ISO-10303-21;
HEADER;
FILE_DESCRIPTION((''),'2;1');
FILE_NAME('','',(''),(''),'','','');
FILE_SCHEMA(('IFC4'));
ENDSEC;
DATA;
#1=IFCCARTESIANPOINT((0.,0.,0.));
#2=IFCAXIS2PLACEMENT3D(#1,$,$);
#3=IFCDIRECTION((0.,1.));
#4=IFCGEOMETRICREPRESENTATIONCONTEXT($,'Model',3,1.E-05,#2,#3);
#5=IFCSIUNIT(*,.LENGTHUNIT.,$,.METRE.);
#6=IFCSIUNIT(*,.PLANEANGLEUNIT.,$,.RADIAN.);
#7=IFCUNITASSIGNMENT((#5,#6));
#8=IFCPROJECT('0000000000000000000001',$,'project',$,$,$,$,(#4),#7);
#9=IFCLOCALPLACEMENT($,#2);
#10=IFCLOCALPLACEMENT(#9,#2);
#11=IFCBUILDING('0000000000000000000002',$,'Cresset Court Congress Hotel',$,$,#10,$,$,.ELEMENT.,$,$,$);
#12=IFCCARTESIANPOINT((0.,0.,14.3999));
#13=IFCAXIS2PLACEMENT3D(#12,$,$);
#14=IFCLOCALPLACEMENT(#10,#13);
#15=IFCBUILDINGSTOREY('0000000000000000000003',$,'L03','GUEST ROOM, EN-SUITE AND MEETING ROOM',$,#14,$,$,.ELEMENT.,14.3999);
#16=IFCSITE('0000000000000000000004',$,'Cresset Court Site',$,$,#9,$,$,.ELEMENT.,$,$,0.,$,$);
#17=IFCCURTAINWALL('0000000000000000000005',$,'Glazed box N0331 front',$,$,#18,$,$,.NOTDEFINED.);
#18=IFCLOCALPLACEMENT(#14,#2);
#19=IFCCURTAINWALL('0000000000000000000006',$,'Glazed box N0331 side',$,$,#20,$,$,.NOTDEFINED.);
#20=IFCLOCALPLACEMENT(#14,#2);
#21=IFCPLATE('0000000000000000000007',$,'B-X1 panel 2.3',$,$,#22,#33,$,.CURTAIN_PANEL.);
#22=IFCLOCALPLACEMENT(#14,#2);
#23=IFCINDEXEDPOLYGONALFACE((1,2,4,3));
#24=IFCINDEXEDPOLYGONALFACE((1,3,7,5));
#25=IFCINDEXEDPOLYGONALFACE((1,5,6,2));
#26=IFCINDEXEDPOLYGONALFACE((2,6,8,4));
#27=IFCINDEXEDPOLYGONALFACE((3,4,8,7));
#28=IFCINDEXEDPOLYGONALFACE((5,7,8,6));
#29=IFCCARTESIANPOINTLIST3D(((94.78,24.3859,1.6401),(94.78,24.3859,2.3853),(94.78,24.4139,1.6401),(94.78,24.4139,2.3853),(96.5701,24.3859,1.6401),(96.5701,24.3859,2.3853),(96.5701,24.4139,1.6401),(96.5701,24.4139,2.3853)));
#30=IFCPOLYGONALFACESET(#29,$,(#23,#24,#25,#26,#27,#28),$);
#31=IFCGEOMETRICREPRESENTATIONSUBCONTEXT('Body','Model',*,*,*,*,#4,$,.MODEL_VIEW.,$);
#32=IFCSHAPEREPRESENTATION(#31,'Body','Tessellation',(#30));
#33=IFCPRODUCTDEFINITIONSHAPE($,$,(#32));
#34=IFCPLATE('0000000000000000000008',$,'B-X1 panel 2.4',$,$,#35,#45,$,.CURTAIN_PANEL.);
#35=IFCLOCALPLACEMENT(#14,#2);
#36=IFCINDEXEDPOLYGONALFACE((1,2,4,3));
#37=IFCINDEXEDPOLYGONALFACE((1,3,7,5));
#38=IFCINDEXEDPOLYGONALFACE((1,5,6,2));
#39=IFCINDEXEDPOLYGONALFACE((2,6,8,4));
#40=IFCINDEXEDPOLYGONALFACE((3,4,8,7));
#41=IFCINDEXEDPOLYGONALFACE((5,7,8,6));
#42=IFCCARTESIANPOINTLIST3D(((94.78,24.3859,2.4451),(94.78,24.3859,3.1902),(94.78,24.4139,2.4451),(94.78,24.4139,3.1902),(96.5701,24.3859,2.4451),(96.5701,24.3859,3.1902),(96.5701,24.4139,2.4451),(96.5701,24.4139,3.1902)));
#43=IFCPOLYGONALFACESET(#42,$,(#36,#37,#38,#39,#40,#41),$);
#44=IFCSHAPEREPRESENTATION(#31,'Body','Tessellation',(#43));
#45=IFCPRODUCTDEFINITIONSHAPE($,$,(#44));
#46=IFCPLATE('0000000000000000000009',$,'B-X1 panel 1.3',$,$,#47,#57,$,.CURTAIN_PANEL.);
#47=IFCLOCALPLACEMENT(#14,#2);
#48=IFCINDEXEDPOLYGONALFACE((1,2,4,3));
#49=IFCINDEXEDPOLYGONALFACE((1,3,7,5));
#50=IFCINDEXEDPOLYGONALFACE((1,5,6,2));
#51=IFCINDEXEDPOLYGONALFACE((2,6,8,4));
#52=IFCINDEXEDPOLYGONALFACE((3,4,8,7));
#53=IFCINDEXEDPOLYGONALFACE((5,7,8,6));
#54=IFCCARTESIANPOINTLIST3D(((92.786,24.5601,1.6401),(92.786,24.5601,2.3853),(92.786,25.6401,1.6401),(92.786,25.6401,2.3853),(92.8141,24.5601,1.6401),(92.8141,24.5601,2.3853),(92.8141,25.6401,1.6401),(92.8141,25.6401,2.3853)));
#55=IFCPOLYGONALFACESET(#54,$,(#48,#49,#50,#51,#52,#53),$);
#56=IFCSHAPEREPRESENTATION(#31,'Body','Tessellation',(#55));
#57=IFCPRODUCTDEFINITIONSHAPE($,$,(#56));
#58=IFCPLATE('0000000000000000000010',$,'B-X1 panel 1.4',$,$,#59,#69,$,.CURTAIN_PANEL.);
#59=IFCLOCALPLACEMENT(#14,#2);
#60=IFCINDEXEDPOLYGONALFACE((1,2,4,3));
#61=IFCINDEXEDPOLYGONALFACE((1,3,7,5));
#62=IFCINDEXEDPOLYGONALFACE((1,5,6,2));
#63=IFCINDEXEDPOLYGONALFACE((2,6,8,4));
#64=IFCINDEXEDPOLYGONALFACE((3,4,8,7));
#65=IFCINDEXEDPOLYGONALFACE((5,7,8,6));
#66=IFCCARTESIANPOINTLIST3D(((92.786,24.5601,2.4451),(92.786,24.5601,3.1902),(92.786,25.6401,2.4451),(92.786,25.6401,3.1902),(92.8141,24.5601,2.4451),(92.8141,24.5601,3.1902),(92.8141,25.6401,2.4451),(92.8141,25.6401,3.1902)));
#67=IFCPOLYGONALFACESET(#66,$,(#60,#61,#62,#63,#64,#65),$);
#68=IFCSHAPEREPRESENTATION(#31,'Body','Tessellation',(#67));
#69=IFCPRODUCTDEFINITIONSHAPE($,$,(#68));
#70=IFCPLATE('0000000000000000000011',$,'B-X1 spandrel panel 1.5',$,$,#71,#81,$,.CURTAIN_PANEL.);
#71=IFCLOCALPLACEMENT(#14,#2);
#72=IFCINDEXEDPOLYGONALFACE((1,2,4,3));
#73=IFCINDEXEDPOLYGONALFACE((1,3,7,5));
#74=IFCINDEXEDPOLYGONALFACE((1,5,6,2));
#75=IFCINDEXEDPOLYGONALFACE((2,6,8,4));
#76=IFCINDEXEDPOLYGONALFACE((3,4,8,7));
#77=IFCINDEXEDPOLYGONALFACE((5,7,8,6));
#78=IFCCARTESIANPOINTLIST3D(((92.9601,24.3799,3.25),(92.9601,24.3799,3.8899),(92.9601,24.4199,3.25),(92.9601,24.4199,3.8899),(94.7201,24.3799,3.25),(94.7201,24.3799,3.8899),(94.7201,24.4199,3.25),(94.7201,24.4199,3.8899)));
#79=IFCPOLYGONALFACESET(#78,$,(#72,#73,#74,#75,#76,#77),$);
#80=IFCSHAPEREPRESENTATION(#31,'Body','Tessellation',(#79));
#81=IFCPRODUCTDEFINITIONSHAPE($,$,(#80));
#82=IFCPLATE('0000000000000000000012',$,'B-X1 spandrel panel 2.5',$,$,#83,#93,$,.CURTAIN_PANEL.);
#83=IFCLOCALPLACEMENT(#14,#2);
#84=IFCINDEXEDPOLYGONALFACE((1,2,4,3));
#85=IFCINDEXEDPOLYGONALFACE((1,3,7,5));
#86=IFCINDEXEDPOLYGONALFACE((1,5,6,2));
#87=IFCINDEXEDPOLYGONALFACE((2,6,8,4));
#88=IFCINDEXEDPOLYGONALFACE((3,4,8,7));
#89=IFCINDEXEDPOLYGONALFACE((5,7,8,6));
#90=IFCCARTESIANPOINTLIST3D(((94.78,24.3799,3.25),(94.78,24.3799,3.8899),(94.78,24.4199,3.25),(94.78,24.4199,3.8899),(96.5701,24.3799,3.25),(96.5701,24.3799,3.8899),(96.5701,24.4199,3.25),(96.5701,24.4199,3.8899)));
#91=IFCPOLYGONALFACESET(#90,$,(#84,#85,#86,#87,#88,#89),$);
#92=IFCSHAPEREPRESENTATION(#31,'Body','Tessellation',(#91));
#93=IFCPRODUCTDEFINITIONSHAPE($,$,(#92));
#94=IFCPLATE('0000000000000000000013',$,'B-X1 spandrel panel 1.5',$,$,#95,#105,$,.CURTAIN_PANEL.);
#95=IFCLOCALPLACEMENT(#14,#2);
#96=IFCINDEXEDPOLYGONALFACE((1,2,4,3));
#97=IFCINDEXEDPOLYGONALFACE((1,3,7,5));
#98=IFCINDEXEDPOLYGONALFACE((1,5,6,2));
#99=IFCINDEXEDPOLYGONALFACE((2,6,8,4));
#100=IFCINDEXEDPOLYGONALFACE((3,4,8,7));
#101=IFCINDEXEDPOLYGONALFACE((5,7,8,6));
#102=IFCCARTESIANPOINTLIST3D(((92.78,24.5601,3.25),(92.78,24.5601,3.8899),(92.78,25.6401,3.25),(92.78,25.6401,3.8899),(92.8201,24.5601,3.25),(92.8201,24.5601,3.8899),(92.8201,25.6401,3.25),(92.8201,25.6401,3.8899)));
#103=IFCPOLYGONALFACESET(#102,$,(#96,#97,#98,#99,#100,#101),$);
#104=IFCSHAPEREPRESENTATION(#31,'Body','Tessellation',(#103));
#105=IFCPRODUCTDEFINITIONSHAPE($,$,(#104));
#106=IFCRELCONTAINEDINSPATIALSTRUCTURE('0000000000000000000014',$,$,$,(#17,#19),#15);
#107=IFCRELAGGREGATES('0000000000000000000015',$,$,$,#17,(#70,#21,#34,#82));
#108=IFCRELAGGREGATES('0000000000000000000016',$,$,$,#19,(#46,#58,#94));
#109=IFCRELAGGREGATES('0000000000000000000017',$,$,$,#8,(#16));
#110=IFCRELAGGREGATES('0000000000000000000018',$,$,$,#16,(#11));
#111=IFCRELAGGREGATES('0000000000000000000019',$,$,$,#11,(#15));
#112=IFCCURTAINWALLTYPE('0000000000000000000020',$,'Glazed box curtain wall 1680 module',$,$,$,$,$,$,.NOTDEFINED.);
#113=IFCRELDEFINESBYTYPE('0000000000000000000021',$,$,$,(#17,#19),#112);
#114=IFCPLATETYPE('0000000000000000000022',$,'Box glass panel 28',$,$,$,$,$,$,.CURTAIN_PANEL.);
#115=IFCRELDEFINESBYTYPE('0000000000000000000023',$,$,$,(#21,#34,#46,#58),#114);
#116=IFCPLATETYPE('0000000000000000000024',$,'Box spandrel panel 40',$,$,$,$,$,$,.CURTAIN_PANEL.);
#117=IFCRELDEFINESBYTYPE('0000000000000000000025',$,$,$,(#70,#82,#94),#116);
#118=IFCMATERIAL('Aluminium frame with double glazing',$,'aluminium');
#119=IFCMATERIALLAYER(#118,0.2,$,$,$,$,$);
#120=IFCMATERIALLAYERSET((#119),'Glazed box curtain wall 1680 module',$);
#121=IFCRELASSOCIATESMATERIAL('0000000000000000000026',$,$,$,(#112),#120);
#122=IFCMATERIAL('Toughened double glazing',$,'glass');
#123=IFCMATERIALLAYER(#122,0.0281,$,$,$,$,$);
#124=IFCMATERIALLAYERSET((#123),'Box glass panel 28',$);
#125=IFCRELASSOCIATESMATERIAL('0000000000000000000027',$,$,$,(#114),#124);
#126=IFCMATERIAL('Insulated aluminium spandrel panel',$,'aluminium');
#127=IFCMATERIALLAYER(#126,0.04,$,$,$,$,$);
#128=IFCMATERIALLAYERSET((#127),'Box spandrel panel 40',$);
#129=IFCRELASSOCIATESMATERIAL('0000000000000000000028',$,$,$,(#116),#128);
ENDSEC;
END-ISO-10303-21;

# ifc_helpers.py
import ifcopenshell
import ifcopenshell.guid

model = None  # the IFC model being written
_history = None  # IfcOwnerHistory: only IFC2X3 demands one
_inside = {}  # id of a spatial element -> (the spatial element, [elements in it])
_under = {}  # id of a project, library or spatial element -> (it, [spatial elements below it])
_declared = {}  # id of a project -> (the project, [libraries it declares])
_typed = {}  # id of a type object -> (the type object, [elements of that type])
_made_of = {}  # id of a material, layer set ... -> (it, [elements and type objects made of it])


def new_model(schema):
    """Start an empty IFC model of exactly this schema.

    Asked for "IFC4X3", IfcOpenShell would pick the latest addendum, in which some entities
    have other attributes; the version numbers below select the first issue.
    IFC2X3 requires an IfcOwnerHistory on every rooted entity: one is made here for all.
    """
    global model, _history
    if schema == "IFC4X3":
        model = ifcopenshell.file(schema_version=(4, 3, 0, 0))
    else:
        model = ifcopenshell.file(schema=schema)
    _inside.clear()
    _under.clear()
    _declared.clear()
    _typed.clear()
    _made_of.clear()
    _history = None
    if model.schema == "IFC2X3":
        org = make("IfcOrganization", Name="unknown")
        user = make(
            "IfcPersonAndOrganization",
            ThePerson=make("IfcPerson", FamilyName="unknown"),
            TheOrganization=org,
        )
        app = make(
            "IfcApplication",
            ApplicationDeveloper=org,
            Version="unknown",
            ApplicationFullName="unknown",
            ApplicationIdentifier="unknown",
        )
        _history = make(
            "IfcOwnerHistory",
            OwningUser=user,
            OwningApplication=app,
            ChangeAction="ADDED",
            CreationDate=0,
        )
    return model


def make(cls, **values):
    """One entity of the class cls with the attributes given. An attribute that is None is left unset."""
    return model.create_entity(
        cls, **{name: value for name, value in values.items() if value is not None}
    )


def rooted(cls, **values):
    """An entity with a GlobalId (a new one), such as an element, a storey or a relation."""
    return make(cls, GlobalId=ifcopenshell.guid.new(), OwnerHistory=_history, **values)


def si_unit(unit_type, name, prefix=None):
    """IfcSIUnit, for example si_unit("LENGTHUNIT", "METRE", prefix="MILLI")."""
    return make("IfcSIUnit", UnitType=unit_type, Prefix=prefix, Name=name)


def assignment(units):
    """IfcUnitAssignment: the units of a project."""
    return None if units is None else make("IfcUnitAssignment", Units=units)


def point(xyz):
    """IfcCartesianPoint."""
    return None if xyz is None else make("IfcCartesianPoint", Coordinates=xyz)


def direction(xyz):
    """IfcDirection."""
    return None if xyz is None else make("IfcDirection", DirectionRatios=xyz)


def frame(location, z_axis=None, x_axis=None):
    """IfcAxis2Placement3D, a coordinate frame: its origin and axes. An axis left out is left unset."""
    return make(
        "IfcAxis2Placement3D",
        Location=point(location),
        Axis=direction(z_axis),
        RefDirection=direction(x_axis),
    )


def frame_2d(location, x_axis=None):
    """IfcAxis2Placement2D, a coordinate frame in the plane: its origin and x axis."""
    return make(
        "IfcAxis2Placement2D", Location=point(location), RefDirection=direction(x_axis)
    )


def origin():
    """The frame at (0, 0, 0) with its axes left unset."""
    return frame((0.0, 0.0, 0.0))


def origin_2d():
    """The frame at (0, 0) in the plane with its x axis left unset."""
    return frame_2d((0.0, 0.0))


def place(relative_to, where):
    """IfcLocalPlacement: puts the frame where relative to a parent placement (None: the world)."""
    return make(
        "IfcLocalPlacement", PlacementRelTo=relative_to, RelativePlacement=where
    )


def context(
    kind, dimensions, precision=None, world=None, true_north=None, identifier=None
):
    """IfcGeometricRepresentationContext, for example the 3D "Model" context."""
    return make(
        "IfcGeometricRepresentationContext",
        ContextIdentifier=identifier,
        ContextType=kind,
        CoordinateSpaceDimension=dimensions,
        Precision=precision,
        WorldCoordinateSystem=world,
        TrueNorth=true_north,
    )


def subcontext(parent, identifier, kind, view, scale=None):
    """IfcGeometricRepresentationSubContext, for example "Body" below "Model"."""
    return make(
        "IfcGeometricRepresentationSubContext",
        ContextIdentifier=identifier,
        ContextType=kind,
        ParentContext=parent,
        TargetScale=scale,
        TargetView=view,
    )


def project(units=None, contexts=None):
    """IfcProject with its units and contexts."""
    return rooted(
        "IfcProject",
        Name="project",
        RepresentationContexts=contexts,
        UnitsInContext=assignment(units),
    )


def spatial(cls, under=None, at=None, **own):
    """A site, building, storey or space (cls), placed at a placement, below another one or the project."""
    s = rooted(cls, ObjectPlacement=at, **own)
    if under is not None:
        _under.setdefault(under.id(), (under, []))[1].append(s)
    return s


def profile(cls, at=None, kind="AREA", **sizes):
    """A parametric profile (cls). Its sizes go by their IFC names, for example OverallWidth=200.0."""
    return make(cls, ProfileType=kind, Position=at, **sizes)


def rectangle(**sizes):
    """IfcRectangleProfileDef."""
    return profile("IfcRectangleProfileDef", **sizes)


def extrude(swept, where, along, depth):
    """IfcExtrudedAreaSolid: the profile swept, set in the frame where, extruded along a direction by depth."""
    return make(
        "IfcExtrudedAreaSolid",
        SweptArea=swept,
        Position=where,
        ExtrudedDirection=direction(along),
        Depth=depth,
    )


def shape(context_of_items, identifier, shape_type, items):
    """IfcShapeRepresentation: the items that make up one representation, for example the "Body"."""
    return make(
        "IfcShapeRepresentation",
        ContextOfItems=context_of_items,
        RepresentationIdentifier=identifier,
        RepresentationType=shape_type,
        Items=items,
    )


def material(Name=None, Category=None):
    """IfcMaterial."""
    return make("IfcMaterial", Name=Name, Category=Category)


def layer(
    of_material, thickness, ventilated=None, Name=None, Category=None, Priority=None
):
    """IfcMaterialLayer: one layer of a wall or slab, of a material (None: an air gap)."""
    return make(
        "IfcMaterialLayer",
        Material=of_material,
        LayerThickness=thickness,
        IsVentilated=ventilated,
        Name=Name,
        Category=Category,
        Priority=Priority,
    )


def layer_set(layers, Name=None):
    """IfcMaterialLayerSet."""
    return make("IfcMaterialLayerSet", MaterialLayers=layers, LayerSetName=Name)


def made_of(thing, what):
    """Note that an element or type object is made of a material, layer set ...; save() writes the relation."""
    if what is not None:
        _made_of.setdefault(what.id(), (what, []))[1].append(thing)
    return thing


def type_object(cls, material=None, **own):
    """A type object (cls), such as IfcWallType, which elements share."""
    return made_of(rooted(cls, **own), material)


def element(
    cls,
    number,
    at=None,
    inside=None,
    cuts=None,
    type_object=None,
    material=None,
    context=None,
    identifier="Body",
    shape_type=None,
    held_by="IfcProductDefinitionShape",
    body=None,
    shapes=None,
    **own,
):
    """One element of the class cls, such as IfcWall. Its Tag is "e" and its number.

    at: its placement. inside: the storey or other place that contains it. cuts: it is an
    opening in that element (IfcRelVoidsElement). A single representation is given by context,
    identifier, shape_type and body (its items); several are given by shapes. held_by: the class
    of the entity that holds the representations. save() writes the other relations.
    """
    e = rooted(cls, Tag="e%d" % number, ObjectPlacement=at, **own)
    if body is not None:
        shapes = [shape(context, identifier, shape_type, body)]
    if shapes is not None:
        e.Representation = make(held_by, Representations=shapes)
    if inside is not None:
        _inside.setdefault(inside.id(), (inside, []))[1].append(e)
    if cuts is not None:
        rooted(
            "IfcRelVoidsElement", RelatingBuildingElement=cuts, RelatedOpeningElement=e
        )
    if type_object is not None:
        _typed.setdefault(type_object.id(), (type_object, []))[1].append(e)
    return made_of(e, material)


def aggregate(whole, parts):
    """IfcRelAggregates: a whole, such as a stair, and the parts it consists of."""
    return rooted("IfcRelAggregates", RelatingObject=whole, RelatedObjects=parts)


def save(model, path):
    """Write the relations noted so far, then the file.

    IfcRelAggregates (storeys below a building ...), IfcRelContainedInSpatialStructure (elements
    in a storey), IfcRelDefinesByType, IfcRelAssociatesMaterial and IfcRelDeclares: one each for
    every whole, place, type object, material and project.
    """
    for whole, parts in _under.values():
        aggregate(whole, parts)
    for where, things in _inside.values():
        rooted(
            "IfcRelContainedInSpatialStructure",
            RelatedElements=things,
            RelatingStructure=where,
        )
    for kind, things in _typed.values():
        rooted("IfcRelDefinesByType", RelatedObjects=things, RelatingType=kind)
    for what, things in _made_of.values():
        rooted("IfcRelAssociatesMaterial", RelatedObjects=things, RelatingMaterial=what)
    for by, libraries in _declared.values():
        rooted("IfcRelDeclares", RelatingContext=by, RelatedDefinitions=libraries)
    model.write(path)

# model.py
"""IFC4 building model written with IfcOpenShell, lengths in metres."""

from ifc_helpers import new_model, si_unit, direction, frame, origin, origin_2d, place, context, subcontext, project, spatial, rectangle, extrude, material, layer, layer_set, type_object, element, aggregate, save


model = new_model("IFC4")

# Units and contexts
model_context = context("Model", 3, precision=1e-05, world=origin(), true_north=direction((0.0, 1.0)))
body_context = subcontext(model_context, "Body", "Model", "MODEL_VIEW")
ifc_project = project(units=[si_unit("LENGTHUNIT", "METRE"), si_unit("PLANEANGLEUNIT", "RADIAN")], contexts=[model_context])

# Site, building, storey
site_placement = place(None, origin())
site = spatial("IfcSite", under=ifc_project, at=site_placement, Name="Cresset Court Site", CompositionType="ELEMENT", RefElevation=0.0)
building_placement = place(site_placement, origin())
building = spatial("IfcBuilding", under=site, at=building_placement, Name="Cresset Court Congress Hotel", CompositionType="ELEMENT")
storey_placement = place(building_placement, frame((0.0, 0.0, 14.3999)))
storey = spatial("IfcBuildingStorey", under=building, at=storey_placement, Name="L03", Description="GUEST ROOM, EN-SUITE AND MEETING ROOM", CompositionType="ELEMENT", Elevation=14.3999)

# Curtain walls
ifc_material_1 = material(Name="Aluminium frame with double glazing", Category="aluminium")
ifc_layer_1 = layer(ifc_material_1, 0.2)
ifc_layer_set_1 = layer_set([ifc_layer_1], Name="Glazed box curtain wall 1680 module")
curtain_wall_type = type_object("IfcCurtainWallType", Name="Glazed box curtain wall 1680 module", PredefinedType="NOTDEFINED", material=ifc_layer_set_1)
curtain_wall_1_placement = place(storey_placement, origin())
curtain_wall_1 = element("IfcCurtainWall", 1, at=curtain_wall_1_placement, inside=storey, type_object=curtain_wall_type, Name="Glazed box N0331 front", PredefinedType="NOTDEFINED")
curtain_wall_2_placement = place(storey_placement, origin())
curtain_wall_2 = element("IfcCurtainWall", 2, at=curtain_wall_2_placement, inside=storey, type_object=curtain_wall_type, Name="Glazed box N0331 side", PredefinedType="NOTDEFINED")

# Plates
ifc_material_2 = material(Name="Toughened double glazing", Category="glass")
ifc_layer_2 = layer(ifc_material_2, 0.0281)
ifc_layer_set_2 = layer_set([ifc_layer_2], Name="Box glass panel 28")
plate_type_1 = type_object("IfcPlateType", Name="Box glass panel 28", PredefinedType="CURTAIN_PANEL", material=ifc_layer_set_2)
plate_1_placement = place(storey_placement, frame((95.675, 24.3999, 1.6401), z_axis=(0.0, 0.0, 1.0), x_axis=(1.0, 0.0, 0.0)))
plate_1 = element("IfcPlate", 3, at=plate_1_placement, type_object=plate_type_1, Name="B-X1 panel 2.3", PredefinedType="CURTAIN_PANEL", context=body_context, shape_type="SweptSolid", body=[
    extrude(rectangle(XDim=1.79, YDim=0.0281, at=origin_2d()), origin(), (0.0, 0.0, 1.0), 0.7451),
])
plate_2_placement = place(storey_placement, frame((95.675, 24.3999, 2.4451), z_axis=(0.0, 0.0, 1.0), x_axis=(1.0, 0.0, 0.0)))
plate_2 = element("IfcPlate", 4, at=plate_2_placement, type_object=plate_type_1, Name="B-X1 panel 2.4", PredefinedType="CURTAIN_PANEL", context=body_context, shape_type="SweptSolid", body=[
    extrude(rectangle(XDim=1.79, YDim=0.0281, at=origin_2d()), origin(), (0.0, 0.0, 1.0), 0.7451),
])
plate_3_placement = place(storey_placement, frame((92.8, 25.1001, 1.6401), z_axis=(0.0, 0.0, 1.0), x_axis=(0.0, -1.0, 0.0)))
plate_3 = element("IfcPlate", 5, at=plate_3_placement, type_object=plate_type_1, Name="B-X1 panel 1.3", PredefinedType="CURTAIN_PANEL", context=body_context, shape_type="SweptSolid", body=[
    extrude(rectangle(XDim=1.0801, YDim=0.0281, at=origin_2d()), origin(), (0.0, 0.0, 1.0), 0.7451),
])
plate_4_placement = place(storey_placement, frame((92.8, 25.1001, 2.4451), z_axis=(0.0, 0.0, 1.0), x_axis=(0.0, -1.0, 0.0)))
plate_4 = element("IfcPlate", 6, at=plate_4_placement, type_object=plate_type_1, Name="B-X1 panel 1.4", PredefinedType="CURTAIN_PANEL", context=body_context, shape_type="SweptSolid", body=[
    extrude(rectangle(XDim=1.0801, YDim=0.0281, at=origin_2d()), origin(), (0.0, 0.0, 1.0), 0.7451),
])
ifc_material_3 = material(Name="Insulated aluminium spandrel panel", Category="aluminium")
ifc_layer_3 = layer(ifc_material_3, 0.04)
ifc_layer_set_3 = layer_set([ifc_layer_3], Name="Box spandrel panel 40")
plate_type_2 = type_object("IfcPlateType", Name="Box spandrel panel 40", PredefinedType="CURTAIN_PANEL", material=ifc_layer_set_3)
plate_5_placement = place(storey_placement, frame((93.8401, 24.3999, 3.25), z_axis=(0.0, 0.0, 1.0), x_axis=(1.0, 0.0, 0.0)))
plate_5 = element("IfcPlate", 7, at=plate_5_placement, type_object=plate_type_2, Name="B-X1 spandrel panel 1.5", PredefinedType="CURTAIN_PANEL", context=body_context, shape_type="SweptSolid", body=[
    extrude(rectangle(XDim=1.76, YDim=0.04, at=origin_2d()), origin(), (0.0, 0.0, 1.0), 0.6399),
])
plate_6_placement = place(storey_placement, frame((95.675, 24.3999, 3.25), z_axis=(0.0, 0.0, 1.0), x_axis=(1.0, 0.0, 0.0)))
plate_6 = element("IfcPlate", 8, at=plate_6_placement, type_object=plate_type_2, Name="B-X1 spandrel panel 2.5", PredefinedType="CURTAIN_PANEL", context=body_context, shape_type="SweptSolid", body=[
    extrude(rectangle(XDim=1.79, YDim=0.04, at=origin_2d()), origin(), (0.0, 0.0, 1.0), 0.6399),
])
aggregate(curtain_wall_1, [plate_5, plate_1, plate_2, plate_6])
plate_7_placement = place(storey_placement, frame((92.8, 25.1001, 3.25), z_axis=(0.0, 0.0, 1.0), x_axis=(0.0, -1.0, 0.0)))
plate_7 = element("IfcPlate", 9, at=plate_7_placement, type_object=plate_type_2, Name="B-X1 spandrel panel 1.5", PredefinedType="CURTAIN_PANEL", context=body_context, shape_type="SweptSolid", body=[
    extrude(rectangle(XDim=1.0801, YDim=0.04, at=origin_2d()), origin(), (0.0, 0.0, 1.0), 0.6399),
])
aggregate(curtain_wall_2, [plate_3, plate_4, plate_7])

save(model, "model.ifc")
